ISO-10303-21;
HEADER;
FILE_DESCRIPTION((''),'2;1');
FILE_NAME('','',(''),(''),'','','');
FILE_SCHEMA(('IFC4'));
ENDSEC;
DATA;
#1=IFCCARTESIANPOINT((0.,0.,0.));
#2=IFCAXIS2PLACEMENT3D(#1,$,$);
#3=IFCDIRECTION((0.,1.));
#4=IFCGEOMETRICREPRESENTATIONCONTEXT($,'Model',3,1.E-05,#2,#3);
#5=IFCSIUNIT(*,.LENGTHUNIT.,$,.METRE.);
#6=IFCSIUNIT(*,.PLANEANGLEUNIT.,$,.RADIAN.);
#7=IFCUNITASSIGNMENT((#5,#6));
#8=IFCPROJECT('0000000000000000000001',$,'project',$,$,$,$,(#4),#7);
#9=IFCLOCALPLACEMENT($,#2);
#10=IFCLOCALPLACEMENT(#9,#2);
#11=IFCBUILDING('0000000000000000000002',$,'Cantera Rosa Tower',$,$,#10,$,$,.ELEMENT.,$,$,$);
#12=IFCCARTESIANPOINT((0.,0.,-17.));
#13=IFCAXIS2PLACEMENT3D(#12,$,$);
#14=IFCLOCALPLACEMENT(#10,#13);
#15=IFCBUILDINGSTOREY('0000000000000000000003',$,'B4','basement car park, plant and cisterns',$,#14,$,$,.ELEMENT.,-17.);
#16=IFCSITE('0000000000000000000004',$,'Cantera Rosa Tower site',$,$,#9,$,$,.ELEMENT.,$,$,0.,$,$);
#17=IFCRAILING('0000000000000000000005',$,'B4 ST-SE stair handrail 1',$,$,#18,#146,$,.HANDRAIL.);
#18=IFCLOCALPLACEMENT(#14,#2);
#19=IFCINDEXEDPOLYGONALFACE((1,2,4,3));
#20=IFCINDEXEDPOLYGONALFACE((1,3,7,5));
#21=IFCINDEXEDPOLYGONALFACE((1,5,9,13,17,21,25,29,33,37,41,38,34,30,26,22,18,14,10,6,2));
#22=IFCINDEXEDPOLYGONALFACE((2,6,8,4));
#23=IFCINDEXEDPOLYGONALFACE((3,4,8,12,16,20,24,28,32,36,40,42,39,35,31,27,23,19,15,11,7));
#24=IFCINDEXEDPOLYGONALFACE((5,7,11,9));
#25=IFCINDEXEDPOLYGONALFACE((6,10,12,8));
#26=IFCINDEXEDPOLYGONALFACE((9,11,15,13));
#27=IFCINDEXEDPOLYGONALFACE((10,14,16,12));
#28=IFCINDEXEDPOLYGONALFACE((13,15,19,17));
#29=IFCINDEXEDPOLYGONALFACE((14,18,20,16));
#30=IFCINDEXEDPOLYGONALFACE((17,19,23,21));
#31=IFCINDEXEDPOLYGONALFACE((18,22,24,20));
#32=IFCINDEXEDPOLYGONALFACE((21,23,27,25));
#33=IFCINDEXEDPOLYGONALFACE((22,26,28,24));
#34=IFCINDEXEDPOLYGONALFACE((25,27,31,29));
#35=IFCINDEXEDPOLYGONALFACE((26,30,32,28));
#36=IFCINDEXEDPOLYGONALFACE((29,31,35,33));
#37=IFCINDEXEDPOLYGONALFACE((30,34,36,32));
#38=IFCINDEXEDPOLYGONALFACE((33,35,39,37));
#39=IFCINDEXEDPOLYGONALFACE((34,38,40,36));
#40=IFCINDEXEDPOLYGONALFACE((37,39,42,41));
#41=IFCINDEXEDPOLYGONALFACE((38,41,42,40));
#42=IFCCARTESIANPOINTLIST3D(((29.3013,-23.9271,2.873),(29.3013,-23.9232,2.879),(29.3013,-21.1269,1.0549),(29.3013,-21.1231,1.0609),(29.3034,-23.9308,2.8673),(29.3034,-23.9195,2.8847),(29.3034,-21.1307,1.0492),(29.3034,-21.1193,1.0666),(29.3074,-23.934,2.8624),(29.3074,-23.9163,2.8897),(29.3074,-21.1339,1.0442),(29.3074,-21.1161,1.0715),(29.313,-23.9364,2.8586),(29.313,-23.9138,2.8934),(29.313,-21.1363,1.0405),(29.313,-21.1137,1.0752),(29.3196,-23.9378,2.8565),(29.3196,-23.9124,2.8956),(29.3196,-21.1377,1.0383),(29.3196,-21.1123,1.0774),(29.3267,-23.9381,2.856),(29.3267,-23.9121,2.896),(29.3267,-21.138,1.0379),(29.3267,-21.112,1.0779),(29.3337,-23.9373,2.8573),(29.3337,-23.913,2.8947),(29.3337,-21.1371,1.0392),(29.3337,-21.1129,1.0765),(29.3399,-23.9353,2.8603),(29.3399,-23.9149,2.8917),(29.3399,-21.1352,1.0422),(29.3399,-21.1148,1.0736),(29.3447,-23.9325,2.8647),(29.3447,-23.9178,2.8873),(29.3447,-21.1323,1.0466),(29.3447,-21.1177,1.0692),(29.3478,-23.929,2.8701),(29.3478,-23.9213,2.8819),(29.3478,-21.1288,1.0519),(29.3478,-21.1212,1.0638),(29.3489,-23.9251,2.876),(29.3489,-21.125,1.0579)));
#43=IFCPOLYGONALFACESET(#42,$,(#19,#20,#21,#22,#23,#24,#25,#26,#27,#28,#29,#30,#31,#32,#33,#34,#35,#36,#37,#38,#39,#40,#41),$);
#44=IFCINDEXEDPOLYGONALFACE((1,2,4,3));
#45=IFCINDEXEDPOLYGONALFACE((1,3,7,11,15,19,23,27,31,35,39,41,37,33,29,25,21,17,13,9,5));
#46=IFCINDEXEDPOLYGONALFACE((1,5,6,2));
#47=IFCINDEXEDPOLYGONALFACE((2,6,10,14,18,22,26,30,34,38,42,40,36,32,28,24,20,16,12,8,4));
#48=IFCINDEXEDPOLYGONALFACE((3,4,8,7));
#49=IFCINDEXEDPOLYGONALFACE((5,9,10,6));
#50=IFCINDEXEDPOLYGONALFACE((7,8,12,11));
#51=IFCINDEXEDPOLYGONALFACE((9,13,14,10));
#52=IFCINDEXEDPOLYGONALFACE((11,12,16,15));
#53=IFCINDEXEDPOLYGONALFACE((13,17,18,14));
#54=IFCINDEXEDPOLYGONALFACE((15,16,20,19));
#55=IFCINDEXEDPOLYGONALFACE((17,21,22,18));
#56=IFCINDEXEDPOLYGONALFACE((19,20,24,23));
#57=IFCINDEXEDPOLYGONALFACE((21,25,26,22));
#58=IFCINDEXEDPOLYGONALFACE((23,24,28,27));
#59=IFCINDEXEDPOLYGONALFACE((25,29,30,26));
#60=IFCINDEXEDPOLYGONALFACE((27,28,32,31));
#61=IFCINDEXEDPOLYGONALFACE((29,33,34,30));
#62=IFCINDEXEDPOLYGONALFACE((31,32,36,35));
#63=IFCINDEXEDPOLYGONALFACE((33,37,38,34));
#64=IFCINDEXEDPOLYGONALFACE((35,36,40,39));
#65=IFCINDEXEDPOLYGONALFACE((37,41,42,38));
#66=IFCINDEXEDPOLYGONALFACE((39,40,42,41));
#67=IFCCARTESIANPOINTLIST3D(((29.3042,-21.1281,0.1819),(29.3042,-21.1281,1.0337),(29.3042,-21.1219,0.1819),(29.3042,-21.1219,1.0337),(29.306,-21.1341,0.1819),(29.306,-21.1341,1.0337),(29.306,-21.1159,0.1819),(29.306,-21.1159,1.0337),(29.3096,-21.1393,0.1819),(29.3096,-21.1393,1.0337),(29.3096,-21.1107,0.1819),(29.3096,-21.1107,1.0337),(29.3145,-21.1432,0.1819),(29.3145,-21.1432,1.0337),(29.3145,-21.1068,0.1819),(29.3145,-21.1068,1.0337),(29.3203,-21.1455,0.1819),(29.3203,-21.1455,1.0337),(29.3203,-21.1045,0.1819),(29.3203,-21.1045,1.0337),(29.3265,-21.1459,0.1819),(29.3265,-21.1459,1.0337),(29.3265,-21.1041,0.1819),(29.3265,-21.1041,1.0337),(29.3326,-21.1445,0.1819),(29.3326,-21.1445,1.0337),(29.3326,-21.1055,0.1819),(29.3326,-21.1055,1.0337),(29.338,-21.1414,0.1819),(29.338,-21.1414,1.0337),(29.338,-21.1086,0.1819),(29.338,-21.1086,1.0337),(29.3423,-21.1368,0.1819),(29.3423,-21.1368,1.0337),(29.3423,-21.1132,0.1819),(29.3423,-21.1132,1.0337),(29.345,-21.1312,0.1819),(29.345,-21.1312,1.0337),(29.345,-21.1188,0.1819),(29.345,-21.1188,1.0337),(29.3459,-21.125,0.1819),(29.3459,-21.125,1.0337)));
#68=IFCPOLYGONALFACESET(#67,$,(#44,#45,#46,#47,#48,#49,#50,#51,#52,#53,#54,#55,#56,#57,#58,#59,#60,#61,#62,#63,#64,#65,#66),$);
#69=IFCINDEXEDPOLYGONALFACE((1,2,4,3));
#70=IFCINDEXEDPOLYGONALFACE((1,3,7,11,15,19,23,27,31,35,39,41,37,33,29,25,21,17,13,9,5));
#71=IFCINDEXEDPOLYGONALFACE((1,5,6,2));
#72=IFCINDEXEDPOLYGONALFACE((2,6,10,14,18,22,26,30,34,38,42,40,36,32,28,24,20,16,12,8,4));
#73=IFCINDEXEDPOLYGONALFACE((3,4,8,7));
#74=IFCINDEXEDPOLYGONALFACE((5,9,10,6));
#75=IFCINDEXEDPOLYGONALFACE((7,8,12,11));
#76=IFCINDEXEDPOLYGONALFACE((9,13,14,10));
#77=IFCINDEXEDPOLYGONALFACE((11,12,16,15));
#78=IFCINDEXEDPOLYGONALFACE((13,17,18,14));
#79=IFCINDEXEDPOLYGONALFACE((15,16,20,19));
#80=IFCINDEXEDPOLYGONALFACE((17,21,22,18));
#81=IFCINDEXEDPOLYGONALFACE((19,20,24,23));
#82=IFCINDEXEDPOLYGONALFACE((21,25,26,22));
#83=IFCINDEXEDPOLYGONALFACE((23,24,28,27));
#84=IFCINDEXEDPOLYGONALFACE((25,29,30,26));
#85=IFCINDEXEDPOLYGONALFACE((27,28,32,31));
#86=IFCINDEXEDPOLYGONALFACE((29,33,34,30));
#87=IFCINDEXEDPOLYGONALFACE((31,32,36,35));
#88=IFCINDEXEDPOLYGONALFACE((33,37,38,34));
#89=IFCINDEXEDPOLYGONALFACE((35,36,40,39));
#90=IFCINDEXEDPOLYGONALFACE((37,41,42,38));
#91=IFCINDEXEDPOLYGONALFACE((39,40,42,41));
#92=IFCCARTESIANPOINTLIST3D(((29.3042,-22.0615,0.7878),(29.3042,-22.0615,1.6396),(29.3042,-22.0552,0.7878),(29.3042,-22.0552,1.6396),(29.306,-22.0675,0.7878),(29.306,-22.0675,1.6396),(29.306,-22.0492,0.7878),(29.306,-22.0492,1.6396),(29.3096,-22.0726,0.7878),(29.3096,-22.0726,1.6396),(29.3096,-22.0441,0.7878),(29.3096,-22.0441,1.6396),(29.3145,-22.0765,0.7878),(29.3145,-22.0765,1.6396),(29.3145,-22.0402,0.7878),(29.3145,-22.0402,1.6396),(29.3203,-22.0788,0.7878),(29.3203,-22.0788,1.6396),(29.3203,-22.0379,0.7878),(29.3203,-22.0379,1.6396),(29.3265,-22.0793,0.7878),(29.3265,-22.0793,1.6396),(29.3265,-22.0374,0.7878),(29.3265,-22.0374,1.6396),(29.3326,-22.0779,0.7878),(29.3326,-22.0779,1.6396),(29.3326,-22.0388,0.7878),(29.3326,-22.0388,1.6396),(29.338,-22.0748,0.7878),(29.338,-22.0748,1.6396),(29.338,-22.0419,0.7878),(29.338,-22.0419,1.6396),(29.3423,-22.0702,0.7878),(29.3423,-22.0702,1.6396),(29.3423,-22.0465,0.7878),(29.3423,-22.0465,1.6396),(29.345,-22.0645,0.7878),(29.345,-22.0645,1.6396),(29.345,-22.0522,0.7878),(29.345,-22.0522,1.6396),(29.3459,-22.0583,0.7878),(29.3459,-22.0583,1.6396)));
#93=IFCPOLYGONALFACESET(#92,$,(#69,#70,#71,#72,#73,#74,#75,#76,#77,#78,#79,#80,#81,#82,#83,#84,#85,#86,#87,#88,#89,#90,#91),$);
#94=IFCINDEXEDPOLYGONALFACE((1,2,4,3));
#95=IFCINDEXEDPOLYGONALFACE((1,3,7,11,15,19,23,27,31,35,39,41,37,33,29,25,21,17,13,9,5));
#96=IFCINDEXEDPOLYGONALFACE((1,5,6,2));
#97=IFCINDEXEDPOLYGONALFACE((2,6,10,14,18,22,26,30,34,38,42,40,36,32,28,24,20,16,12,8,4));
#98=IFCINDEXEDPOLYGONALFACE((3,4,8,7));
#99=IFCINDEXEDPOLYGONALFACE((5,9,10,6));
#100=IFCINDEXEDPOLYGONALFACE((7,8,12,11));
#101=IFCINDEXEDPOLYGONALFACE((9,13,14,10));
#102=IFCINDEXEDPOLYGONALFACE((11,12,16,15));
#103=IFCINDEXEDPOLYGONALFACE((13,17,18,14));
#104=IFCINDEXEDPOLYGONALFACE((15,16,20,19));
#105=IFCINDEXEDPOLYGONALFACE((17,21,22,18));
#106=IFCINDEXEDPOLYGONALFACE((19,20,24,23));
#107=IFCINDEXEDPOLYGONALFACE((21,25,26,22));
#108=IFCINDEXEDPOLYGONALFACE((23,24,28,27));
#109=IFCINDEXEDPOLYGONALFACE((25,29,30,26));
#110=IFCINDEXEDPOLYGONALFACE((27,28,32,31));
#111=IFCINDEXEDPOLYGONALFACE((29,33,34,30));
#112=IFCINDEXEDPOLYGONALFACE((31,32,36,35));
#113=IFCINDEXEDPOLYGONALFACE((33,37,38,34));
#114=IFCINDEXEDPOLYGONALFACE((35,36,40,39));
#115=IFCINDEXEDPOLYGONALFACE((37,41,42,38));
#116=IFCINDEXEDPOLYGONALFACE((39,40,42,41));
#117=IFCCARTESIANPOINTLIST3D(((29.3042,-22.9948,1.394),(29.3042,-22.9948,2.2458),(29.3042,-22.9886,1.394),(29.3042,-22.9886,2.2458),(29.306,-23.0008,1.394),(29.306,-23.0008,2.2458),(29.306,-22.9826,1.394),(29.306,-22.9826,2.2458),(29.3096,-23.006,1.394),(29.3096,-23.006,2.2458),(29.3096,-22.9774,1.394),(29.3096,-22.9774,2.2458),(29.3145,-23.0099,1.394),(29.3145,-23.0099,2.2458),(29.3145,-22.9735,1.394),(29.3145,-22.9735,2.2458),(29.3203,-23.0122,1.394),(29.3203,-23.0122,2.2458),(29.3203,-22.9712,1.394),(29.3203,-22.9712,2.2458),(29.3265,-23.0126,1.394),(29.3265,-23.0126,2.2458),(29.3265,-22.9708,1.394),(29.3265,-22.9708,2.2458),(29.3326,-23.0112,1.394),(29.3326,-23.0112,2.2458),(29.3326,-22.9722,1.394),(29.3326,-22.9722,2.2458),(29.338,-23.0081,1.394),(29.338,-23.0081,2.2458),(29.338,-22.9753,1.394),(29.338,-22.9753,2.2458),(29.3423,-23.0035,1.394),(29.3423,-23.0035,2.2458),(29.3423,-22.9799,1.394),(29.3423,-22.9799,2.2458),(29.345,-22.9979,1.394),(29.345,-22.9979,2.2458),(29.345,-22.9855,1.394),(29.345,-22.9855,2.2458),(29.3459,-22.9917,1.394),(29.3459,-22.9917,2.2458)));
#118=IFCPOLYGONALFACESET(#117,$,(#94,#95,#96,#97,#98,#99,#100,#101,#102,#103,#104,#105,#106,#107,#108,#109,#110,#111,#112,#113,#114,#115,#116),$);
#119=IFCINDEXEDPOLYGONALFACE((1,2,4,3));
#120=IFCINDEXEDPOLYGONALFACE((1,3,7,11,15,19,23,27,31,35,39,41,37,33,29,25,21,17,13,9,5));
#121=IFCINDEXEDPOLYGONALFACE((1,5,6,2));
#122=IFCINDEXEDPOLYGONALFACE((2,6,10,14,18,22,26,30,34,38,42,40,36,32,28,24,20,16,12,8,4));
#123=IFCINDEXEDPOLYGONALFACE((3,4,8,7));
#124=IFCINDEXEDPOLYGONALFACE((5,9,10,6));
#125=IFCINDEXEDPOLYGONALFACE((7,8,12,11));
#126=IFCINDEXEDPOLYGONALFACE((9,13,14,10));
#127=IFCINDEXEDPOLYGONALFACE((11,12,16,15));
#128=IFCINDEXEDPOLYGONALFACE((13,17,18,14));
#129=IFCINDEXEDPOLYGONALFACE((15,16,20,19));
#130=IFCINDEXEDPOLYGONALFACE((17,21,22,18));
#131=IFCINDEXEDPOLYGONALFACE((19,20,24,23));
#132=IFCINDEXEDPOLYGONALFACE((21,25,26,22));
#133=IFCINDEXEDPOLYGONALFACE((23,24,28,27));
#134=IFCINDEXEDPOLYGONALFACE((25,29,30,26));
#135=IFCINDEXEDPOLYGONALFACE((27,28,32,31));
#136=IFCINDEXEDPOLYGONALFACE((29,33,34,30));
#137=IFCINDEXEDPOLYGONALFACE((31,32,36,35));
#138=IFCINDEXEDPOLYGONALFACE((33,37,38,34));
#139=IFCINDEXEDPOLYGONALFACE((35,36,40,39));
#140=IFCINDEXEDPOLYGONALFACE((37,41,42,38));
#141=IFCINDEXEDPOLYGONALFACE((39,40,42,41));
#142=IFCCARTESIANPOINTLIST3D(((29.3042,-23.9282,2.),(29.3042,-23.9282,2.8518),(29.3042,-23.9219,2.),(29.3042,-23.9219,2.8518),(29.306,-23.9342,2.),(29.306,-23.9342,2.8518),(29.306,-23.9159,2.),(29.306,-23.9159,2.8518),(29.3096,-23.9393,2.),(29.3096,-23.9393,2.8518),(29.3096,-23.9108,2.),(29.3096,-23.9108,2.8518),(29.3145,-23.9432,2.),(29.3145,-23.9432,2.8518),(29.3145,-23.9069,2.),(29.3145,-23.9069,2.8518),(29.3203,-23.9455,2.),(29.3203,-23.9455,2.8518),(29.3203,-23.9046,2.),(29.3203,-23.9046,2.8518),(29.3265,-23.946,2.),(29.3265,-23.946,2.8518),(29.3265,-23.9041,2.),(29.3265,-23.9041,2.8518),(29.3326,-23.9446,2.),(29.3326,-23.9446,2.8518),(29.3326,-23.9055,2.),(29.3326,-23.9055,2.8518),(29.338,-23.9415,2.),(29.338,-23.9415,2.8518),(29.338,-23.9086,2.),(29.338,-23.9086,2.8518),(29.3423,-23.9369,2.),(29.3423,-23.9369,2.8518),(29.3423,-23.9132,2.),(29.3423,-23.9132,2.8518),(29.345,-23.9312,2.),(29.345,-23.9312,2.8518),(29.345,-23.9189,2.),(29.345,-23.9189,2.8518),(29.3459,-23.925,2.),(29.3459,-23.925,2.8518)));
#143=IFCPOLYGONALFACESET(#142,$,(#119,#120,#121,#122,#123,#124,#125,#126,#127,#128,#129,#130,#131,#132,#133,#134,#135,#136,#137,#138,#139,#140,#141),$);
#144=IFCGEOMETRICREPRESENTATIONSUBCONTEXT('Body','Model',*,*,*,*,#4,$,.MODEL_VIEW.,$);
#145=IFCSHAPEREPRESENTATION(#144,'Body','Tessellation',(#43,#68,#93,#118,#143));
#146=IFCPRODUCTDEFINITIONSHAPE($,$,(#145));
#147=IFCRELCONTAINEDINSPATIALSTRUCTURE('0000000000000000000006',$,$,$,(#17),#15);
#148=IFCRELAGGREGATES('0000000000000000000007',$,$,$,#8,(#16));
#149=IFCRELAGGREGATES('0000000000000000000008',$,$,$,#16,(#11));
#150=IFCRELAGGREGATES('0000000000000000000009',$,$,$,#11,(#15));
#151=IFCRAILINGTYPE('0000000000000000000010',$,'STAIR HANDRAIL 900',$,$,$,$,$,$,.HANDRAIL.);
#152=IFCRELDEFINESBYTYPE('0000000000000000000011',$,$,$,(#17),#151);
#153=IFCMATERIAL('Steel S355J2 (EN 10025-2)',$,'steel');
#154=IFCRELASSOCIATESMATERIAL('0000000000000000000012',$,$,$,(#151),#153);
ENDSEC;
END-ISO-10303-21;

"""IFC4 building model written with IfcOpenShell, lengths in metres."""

from ifc_helpers import new_model, si_unit, direction, frame, origin, origin_2d, place, context, subcontext, project, spatial, circle, extrude, material, type_object, element, save


model = new_model("IFC4")

# Units and contexts
model_context = context("Model", 3, precision=1e-05, world=origin(), true_north=direction((0.0, 1.0)))
body_context = subcontext(model_context, "Body", "Model", "MODEL_VIEW")
ifc_project = project(units=[si_unit("LENGTHUNIT", "METRE"), si_unit("PLANEANGLEUNIT", "RADIAN")], contexts=[model_context])

# Site, building, storey
site_placement = place(None, origin())
site = spatial("IfcSite", under=ifc_project, at=site_placement, Name="Cantera Rosa Tower site", CompositionType="ELEMENT", RefElevation=0.0)
building_placement = place(site_placement, origin())
building = spatial("IfcBuilding", under=site, at=building_placement, Name="Cantera Rosa Tower", CompositionType="ELEMENT")
storey_placement = place(building_placement, frame((0.0, 0.0, -17.0)))
storey = spatial("IfcBuildingStorey", under=building, at=storey_placement, Name="B4", Description="basement car park, plant and cisterns", CompositionType="ELEMENT", Elevation=-17.0)

# Railing
ifc_material_1 = material(Name="Steel S355J2 (EN 10025-2)", Category="steel")
railing_type_1 = type_object("IfcRailingType", Name="STAIR HANDRAIL 900", PredefinedType="HANDRAIL", material=ifc_material_1)
railing_1_placement = place(storey_placement, frame((29.325, -21.125, 0.1819)))
element("IfcRailing", 1, at=railing_1_placement, inside=storey, type_object=railing_type_1, Name="B4 ST-SE stair handrail 1", PredefinedType="HANDRAIL", context=body_context, shape_type="SweptSolid", body=[
    extrude(circle(Radius=0.0239, at=origin_2d()), frame((0.0, 0.0, 0.876), z_axis=(0.0, -0.838706, 0.544585), x_axis=(1.0, 0.0, 0.0)), (0.0, 0.0, 1.0), 3.3386),
    extrude(circle(Radius=0.021, at=origin_2d()), origin(), (0.0, 0.0, 1.0), 0.8518),
    extrude(circle(Radius=0.021, at=origin_2d()), frame((0.0, -0.9333, 0.606)), (0.0, 0.0, 1.0), 0.8518),
    extrude(circle(Radius=0.021, at=origin_2d()), frame((0.0, -1.8667, 1.2122)), (0.0, 0.0, 1.0), 0.8518),
    extrude(circle(Radius=0.021, at=origin_2d()), frame((0.0, -2.8, 1.8181)), (0.0, 0.0, 1.0), 0.8518),
])

save(model, "model.ifc")
